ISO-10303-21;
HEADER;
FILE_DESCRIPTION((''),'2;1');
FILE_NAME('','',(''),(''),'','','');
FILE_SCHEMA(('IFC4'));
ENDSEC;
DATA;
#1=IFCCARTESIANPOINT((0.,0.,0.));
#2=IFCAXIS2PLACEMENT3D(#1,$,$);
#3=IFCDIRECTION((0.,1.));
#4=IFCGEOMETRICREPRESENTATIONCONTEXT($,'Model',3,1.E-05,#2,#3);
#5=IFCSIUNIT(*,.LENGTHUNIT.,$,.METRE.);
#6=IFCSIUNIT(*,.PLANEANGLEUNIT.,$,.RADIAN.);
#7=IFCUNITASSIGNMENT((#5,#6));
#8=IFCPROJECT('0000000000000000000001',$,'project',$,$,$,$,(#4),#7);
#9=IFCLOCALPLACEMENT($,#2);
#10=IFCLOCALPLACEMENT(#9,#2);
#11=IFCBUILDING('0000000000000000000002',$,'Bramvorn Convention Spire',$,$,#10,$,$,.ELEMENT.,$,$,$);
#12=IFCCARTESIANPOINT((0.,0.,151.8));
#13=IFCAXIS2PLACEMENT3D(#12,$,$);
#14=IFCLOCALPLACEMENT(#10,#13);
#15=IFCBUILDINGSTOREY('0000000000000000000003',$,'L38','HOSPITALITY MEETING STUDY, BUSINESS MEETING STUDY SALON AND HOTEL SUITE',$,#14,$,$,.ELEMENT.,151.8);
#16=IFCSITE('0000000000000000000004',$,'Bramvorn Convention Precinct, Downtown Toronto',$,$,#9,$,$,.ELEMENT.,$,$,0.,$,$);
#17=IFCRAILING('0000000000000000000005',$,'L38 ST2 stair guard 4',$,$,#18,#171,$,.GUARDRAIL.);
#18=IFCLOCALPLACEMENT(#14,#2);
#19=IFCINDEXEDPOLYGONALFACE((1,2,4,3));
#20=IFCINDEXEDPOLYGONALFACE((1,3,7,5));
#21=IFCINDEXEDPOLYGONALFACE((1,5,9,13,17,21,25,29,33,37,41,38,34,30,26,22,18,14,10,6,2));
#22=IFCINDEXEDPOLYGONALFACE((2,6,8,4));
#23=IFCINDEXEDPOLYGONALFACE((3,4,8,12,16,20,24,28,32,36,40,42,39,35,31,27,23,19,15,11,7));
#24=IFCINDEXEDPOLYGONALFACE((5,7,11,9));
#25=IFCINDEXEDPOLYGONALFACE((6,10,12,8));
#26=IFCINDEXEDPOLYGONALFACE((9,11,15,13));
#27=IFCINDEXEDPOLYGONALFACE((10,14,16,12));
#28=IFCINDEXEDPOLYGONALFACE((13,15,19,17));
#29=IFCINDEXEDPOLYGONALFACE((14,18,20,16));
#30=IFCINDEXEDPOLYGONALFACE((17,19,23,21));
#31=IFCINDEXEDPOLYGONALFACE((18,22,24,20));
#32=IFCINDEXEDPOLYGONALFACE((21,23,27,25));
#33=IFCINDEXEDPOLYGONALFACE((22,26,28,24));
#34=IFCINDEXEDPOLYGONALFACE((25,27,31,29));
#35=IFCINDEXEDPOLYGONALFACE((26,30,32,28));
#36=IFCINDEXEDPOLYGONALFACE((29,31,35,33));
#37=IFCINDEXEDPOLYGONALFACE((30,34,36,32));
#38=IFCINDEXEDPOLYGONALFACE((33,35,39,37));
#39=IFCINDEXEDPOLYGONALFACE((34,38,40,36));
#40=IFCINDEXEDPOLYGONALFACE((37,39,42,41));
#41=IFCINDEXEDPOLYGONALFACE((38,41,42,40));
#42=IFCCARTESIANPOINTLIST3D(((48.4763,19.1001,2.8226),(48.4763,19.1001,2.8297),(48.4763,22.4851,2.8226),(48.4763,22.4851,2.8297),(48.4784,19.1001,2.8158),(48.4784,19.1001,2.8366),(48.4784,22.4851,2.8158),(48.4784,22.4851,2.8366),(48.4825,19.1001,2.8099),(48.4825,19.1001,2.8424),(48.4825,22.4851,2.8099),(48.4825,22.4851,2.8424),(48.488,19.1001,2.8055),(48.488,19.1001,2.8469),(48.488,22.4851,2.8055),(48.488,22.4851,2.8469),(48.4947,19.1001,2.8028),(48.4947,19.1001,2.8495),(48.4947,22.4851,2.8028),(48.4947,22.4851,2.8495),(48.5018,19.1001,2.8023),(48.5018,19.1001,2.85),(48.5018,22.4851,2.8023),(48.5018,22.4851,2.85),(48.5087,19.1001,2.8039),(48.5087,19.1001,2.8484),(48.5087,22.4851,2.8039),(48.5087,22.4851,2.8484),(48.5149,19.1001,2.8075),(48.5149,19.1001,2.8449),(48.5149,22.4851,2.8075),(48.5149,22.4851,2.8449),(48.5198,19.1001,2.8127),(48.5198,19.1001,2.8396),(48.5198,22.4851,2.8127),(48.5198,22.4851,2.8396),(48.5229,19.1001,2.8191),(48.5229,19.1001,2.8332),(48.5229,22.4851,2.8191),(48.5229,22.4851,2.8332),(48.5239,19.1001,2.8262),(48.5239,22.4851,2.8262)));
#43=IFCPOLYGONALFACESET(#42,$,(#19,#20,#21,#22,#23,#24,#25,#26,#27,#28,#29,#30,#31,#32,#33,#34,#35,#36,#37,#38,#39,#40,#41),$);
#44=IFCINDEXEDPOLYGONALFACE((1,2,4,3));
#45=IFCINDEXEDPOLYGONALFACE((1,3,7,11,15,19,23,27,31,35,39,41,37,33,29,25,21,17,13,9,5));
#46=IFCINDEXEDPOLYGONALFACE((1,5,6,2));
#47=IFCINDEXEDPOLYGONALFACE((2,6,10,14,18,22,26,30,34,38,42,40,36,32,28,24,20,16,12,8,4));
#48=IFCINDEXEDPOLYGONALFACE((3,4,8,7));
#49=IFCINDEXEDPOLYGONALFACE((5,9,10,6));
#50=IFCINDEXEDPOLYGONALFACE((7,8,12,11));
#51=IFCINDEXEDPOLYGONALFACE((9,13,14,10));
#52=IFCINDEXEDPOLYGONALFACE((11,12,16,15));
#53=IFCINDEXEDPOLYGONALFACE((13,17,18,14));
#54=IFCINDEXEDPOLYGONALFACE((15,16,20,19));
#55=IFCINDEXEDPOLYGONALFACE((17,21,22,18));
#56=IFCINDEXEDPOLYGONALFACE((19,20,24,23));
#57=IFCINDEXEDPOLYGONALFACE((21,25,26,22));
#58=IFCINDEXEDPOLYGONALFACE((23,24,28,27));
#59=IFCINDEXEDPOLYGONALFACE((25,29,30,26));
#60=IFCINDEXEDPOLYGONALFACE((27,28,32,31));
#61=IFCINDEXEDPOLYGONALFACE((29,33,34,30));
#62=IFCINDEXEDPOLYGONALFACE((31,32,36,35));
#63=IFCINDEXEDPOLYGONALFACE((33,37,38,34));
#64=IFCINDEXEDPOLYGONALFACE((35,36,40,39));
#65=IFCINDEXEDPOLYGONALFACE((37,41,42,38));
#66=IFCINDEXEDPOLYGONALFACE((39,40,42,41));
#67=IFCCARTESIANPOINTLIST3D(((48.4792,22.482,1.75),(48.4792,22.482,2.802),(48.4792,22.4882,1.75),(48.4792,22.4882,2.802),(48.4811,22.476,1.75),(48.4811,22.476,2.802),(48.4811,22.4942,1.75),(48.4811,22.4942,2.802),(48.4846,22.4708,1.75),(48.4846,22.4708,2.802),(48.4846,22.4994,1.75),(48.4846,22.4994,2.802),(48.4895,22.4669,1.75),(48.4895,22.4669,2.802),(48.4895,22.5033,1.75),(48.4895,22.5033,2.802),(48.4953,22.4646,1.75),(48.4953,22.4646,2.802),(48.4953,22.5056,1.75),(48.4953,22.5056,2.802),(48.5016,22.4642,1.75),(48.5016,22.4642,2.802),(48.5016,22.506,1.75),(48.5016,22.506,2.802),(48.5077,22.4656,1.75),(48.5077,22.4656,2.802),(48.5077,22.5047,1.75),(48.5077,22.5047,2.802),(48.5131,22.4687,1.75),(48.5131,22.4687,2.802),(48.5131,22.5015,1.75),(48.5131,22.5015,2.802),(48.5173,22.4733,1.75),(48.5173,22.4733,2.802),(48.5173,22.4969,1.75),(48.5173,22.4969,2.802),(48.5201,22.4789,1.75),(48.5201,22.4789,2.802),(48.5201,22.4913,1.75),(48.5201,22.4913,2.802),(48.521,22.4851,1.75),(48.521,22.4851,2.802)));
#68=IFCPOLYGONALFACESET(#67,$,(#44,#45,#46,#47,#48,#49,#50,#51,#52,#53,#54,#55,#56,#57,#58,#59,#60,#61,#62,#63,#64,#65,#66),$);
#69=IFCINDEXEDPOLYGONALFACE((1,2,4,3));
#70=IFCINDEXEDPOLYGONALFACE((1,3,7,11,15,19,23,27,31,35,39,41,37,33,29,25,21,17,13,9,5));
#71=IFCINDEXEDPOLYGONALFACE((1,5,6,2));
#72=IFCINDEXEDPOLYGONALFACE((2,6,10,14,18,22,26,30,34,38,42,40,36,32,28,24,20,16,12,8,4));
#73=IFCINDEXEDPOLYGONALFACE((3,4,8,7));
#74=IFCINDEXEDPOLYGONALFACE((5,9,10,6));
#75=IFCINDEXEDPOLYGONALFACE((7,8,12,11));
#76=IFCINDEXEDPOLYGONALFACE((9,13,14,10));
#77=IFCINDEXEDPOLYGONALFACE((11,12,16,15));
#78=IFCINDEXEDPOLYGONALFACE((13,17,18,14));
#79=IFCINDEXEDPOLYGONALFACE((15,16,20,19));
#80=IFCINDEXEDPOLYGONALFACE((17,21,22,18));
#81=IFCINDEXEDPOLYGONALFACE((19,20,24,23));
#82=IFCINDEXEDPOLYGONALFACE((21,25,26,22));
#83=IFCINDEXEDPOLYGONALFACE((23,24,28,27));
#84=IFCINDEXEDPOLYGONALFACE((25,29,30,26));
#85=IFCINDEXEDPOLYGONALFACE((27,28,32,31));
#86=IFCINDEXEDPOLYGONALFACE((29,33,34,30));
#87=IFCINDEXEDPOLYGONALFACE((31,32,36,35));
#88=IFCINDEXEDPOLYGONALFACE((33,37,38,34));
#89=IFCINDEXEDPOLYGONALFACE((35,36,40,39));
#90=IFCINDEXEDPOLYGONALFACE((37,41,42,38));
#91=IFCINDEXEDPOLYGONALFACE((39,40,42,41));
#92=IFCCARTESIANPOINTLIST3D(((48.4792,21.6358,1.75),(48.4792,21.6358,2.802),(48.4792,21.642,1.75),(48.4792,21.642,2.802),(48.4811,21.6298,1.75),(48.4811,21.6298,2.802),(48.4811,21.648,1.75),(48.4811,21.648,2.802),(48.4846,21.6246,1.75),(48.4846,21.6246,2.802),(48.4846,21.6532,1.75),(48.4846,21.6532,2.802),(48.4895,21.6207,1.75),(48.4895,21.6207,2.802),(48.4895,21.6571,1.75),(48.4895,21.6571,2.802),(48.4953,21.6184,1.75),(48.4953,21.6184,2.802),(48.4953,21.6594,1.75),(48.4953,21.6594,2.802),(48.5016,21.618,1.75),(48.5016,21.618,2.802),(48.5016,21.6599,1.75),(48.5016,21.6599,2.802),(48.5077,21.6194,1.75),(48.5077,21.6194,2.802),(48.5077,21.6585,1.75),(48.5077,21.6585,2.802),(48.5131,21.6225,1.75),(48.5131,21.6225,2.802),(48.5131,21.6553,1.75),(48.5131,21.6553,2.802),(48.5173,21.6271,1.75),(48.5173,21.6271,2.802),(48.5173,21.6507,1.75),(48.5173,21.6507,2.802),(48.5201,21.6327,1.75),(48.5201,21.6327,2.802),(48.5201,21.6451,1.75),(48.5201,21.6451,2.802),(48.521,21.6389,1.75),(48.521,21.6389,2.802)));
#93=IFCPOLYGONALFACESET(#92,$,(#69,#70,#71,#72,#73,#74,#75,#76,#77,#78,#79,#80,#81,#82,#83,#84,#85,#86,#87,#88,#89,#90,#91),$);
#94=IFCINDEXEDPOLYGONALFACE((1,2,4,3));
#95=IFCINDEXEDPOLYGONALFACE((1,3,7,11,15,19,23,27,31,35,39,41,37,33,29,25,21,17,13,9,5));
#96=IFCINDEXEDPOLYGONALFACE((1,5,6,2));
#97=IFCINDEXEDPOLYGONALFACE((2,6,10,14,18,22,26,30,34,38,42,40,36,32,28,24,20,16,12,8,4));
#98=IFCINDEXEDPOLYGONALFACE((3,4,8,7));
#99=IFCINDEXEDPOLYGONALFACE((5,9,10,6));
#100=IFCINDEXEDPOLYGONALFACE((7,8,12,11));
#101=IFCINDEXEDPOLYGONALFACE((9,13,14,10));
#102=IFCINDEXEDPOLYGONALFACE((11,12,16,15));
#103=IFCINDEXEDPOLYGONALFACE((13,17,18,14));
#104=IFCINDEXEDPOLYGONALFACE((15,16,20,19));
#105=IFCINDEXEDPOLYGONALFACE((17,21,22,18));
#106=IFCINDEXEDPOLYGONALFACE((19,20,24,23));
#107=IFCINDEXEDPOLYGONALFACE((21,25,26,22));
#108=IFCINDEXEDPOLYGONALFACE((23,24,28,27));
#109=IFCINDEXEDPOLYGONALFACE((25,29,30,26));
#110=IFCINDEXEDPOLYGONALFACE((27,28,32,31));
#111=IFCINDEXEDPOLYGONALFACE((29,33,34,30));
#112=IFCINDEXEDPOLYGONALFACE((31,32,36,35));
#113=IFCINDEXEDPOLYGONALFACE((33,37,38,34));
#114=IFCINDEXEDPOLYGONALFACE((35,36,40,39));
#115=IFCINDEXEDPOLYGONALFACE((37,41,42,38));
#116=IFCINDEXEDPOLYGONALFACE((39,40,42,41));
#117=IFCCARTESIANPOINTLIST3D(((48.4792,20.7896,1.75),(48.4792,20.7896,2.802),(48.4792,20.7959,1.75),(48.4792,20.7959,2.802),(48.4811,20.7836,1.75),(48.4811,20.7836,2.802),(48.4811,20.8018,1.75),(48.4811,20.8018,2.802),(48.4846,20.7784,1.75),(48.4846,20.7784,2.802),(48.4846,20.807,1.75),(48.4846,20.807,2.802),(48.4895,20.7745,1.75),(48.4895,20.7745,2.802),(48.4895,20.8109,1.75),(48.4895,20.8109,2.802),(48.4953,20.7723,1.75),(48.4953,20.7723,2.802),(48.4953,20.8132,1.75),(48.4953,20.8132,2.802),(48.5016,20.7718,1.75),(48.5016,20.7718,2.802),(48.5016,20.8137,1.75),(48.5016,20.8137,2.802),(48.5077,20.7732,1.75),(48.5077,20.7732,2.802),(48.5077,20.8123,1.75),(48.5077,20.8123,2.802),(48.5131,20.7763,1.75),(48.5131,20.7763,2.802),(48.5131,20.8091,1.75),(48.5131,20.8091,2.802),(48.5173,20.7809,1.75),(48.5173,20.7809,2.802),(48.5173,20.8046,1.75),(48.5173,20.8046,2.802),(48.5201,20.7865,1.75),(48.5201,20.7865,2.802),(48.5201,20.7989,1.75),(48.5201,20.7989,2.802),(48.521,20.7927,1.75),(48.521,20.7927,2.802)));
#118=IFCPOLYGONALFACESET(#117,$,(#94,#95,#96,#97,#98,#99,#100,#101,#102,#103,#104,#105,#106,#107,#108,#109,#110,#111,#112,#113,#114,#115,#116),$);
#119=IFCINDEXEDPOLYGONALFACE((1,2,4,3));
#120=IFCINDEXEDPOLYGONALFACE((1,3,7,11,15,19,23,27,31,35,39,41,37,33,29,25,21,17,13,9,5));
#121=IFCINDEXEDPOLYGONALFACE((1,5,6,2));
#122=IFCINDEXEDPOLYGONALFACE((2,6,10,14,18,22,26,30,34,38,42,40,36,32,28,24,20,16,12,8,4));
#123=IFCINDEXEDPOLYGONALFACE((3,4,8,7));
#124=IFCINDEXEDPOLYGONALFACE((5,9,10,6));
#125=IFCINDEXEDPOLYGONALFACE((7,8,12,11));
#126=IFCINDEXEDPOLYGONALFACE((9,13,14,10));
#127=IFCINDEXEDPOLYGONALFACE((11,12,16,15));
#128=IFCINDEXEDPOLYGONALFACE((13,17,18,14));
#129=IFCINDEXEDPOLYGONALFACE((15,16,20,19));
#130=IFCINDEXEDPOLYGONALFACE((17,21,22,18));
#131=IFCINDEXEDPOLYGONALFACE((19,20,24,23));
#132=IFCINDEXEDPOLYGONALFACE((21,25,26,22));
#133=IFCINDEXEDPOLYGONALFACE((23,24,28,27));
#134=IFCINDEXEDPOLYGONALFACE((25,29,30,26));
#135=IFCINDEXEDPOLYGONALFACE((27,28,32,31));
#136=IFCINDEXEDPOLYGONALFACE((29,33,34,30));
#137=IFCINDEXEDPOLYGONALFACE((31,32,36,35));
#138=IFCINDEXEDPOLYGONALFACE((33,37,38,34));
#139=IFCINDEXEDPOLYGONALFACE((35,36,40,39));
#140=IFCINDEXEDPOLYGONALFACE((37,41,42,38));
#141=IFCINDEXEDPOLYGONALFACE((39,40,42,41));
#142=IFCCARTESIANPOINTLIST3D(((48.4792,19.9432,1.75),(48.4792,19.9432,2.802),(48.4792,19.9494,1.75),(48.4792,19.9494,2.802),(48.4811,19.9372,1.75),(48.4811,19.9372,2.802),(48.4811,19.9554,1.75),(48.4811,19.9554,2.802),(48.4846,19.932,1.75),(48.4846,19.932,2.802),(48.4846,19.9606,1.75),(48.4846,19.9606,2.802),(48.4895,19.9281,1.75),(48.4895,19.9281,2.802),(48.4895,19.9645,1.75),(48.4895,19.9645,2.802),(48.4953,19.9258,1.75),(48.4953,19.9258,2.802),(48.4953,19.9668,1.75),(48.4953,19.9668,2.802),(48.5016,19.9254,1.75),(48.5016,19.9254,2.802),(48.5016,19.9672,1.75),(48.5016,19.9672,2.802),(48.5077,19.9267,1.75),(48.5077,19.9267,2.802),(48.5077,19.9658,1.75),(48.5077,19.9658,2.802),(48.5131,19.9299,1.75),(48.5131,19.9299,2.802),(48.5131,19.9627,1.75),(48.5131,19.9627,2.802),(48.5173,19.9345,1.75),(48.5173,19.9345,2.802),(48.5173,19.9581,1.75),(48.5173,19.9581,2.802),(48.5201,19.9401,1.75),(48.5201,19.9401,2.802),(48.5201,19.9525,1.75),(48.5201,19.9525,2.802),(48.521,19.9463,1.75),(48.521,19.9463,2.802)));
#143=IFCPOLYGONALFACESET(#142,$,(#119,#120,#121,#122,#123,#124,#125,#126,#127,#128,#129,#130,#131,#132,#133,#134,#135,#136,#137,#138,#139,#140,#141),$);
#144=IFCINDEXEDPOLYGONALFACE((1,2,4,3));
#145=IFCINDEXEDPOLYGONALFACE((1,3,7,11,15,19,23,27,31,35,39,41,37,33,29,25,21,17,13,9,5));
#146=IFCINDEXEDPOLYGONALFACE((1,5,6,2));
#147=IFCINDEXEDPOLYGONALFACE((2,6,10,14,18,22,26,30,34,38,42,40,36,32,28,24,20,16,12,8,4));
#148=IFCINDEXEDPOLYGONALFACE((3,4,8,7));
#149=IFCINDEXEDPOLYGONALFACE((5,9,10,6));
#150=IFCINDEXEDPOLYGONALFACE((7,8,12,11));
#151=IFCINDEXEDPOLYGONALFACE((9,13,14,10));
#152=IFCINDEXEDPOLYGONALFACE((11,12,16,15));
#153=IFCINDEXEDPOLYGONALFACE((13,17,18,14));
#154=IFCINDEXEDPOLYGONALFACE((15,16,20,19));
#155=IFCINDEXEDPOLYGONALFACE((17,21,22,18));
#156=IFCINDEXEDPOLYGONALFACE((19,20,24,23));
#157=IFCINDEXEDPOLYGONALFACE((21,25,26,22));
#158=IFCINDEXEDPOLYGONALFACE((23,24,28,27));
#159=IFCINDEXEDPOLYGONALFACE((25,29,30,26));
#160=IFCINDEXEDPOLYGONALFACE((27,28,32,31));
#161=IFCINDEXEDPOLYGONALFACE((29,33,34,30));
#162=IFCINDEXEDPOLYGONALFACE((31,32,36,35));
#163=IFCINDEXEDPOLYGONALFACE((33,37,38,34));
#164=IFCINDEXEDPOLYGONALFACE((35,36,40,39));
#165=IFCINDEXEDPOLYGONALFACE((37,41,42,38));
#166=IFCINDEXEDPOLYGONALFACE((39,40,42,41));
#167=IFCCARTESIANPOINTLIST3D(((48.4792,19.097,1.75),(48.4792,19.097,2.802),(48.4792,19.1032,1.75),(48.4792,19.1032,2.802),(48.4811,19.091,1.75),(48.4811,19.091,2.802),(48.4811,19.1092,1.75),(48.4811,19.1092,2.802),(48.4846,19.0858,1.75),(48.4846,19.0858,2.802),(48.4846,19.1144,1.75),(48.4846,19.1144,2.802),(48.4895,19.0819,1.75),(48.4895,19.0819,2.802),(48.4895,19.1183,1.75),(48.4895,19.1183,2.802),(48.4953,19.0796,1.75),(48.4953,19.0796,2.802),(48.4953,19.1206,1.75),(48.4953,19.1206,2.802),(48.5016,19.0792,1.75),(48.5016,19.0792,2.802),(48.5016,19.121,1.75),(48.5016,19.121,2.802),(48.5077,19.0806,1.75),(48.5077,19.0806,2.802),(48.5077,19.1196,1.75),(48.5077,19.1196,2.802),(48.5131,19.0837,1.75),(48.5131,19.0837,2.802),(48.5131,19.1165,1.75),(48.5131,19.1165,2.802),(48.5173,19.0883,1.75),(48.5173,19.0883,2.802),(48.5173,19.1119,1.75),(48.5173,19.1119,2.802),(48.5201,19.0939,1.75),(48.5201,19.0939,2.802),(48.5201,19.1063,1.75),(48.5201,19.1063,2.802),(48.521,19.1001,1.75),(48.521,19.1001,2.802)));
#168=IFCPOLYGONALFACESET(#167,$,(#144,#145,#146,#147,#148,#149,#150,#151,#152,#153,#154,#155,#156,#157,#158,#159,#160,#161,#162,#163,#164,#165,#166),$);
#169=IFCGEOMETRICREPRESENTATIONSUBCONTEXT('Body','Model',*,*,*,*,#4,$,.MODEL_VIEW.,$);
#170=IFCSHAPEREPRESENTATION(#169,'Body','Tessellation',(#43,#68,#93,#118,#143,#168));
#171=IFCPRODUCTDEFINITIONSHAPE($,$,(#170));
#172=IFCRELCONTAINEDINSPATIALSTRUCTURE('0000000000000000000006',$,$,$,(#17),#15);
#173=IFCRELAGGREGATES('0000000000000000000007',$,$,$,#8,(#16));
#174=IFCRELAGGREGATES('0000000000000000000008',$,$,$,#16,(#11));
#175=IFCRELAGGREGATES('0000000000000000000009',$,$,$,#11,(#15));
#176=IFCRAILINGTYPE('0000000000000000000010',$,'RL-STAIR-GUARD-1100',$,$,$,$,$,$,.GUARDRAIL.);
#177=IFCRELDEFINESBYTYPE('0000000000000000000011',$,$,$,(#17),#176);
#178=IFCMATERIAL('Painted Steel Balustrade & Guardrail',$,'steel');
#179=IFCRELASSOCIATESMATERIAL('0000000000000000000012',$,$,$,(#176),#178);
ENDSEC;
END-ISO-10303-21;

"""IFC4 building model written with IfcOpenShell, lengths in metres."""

from ifc_helpers import new_model, si_unit, direction, frame, origin, origin_2d, place, context, subcontext, project, spatial, circle, extrude, material, type_object, element, save


model = new_model("IFC4")

# Units and contexts
model_context = context("Model", 3, precision=1e-05, world=origin(), true_north=direction((0.0, 1.0)))
body_context = subcontext(model_context, "Body", "Model", "MODEL_VIEW")
ifc_project = project(units=[si_unit("LENGTHUNIT", "METRE"), si_unit("PLANEANGLEUNIT", "RADIAN")], contexts=[model_context])

# Site, building, storey
site_placement = place(None, origin())
site = spatial("IfcSite", under=ifc_project, at=site_placement, Name="Bramvorn Convention Precinct, Downtown Toronto", CompositionType="ELEMENT", RefElevation=0.0)
building_placement = place(site_placement, origin())
building = spatial("IfcBuilding", under=site, at=building_placement, Name="Bramvorn Convention Spire", CompositionType="ELEMENT")
storey_placement = place(building_placement, frame((0.0, 0.0, 151.8)))
storey = spatial("IfcBuildingStorey", under=building, at=storey_placement, Name="L38", Description="HOSPITALITY MEETING STUDY, BUSINESS MEETING STUDY SALON AND HOTEL SUITE", CompositionType="ELEMENT", Elevation=151.8)

# Railing
ifc_material_1 = material(Name="Painted Steel Balustrade & Guardrail", Category="steel")
railing_type_1 = type_object("IfcRailingType", Name="RL-STAIR-GUARD-1100", PredefinedType="GUARDRAIL", material=ifc_material_1)
railing_1_placement = place(storey_placement, frame((48.5, 22.4851, 1.75)))
element("IfcRailing", 1, at=railing_1_placement, inside=storey, type_object=railing_type_1, Name="L38 ST2 stair guard 4", PredefinedType="GUARDRAIL", context=body_context, shape_type="SweptSolid", body=[
    extrude(circle(Radius=0.0239, at=origin_2d()), frame((0.0, 0.0, 1.0762), z_axis=(0.0, -1.0, 0.0), x_axis=(1.0, 0.0, 0.0)), (0.0, 0.0, 1.0), 3.385),
    extrude(circle(Radius=0.021, at=origin_2d()), origin(), (0.0, 0.0, 1.0), 1.052),
    extrude(circle(Radius=0.021, at=origin_2d()), frame((0.0, -0.8462, 0.0)), (0.0, 0.0, 1.0), 1.052),
    extrude(circle(Radius=0.021, at=origin_2d()), frame((0.0, -1.6924, 0.0)), (0.0, 0.0, 1.0), 1.052),
    extrude(circle(Radius=0.021, at=origin_2d()), frame((0.0, -2.5388, 0.0)), (0.0, 0.0, 1.0), 1.052),
    extrude(circle(Radius=0.021, at=origin_2d()), frame((0.0, -3.385, 0.0)), (0.0, 0.0, 1.0), 1.052),
])

save(model, "model.ifc")
